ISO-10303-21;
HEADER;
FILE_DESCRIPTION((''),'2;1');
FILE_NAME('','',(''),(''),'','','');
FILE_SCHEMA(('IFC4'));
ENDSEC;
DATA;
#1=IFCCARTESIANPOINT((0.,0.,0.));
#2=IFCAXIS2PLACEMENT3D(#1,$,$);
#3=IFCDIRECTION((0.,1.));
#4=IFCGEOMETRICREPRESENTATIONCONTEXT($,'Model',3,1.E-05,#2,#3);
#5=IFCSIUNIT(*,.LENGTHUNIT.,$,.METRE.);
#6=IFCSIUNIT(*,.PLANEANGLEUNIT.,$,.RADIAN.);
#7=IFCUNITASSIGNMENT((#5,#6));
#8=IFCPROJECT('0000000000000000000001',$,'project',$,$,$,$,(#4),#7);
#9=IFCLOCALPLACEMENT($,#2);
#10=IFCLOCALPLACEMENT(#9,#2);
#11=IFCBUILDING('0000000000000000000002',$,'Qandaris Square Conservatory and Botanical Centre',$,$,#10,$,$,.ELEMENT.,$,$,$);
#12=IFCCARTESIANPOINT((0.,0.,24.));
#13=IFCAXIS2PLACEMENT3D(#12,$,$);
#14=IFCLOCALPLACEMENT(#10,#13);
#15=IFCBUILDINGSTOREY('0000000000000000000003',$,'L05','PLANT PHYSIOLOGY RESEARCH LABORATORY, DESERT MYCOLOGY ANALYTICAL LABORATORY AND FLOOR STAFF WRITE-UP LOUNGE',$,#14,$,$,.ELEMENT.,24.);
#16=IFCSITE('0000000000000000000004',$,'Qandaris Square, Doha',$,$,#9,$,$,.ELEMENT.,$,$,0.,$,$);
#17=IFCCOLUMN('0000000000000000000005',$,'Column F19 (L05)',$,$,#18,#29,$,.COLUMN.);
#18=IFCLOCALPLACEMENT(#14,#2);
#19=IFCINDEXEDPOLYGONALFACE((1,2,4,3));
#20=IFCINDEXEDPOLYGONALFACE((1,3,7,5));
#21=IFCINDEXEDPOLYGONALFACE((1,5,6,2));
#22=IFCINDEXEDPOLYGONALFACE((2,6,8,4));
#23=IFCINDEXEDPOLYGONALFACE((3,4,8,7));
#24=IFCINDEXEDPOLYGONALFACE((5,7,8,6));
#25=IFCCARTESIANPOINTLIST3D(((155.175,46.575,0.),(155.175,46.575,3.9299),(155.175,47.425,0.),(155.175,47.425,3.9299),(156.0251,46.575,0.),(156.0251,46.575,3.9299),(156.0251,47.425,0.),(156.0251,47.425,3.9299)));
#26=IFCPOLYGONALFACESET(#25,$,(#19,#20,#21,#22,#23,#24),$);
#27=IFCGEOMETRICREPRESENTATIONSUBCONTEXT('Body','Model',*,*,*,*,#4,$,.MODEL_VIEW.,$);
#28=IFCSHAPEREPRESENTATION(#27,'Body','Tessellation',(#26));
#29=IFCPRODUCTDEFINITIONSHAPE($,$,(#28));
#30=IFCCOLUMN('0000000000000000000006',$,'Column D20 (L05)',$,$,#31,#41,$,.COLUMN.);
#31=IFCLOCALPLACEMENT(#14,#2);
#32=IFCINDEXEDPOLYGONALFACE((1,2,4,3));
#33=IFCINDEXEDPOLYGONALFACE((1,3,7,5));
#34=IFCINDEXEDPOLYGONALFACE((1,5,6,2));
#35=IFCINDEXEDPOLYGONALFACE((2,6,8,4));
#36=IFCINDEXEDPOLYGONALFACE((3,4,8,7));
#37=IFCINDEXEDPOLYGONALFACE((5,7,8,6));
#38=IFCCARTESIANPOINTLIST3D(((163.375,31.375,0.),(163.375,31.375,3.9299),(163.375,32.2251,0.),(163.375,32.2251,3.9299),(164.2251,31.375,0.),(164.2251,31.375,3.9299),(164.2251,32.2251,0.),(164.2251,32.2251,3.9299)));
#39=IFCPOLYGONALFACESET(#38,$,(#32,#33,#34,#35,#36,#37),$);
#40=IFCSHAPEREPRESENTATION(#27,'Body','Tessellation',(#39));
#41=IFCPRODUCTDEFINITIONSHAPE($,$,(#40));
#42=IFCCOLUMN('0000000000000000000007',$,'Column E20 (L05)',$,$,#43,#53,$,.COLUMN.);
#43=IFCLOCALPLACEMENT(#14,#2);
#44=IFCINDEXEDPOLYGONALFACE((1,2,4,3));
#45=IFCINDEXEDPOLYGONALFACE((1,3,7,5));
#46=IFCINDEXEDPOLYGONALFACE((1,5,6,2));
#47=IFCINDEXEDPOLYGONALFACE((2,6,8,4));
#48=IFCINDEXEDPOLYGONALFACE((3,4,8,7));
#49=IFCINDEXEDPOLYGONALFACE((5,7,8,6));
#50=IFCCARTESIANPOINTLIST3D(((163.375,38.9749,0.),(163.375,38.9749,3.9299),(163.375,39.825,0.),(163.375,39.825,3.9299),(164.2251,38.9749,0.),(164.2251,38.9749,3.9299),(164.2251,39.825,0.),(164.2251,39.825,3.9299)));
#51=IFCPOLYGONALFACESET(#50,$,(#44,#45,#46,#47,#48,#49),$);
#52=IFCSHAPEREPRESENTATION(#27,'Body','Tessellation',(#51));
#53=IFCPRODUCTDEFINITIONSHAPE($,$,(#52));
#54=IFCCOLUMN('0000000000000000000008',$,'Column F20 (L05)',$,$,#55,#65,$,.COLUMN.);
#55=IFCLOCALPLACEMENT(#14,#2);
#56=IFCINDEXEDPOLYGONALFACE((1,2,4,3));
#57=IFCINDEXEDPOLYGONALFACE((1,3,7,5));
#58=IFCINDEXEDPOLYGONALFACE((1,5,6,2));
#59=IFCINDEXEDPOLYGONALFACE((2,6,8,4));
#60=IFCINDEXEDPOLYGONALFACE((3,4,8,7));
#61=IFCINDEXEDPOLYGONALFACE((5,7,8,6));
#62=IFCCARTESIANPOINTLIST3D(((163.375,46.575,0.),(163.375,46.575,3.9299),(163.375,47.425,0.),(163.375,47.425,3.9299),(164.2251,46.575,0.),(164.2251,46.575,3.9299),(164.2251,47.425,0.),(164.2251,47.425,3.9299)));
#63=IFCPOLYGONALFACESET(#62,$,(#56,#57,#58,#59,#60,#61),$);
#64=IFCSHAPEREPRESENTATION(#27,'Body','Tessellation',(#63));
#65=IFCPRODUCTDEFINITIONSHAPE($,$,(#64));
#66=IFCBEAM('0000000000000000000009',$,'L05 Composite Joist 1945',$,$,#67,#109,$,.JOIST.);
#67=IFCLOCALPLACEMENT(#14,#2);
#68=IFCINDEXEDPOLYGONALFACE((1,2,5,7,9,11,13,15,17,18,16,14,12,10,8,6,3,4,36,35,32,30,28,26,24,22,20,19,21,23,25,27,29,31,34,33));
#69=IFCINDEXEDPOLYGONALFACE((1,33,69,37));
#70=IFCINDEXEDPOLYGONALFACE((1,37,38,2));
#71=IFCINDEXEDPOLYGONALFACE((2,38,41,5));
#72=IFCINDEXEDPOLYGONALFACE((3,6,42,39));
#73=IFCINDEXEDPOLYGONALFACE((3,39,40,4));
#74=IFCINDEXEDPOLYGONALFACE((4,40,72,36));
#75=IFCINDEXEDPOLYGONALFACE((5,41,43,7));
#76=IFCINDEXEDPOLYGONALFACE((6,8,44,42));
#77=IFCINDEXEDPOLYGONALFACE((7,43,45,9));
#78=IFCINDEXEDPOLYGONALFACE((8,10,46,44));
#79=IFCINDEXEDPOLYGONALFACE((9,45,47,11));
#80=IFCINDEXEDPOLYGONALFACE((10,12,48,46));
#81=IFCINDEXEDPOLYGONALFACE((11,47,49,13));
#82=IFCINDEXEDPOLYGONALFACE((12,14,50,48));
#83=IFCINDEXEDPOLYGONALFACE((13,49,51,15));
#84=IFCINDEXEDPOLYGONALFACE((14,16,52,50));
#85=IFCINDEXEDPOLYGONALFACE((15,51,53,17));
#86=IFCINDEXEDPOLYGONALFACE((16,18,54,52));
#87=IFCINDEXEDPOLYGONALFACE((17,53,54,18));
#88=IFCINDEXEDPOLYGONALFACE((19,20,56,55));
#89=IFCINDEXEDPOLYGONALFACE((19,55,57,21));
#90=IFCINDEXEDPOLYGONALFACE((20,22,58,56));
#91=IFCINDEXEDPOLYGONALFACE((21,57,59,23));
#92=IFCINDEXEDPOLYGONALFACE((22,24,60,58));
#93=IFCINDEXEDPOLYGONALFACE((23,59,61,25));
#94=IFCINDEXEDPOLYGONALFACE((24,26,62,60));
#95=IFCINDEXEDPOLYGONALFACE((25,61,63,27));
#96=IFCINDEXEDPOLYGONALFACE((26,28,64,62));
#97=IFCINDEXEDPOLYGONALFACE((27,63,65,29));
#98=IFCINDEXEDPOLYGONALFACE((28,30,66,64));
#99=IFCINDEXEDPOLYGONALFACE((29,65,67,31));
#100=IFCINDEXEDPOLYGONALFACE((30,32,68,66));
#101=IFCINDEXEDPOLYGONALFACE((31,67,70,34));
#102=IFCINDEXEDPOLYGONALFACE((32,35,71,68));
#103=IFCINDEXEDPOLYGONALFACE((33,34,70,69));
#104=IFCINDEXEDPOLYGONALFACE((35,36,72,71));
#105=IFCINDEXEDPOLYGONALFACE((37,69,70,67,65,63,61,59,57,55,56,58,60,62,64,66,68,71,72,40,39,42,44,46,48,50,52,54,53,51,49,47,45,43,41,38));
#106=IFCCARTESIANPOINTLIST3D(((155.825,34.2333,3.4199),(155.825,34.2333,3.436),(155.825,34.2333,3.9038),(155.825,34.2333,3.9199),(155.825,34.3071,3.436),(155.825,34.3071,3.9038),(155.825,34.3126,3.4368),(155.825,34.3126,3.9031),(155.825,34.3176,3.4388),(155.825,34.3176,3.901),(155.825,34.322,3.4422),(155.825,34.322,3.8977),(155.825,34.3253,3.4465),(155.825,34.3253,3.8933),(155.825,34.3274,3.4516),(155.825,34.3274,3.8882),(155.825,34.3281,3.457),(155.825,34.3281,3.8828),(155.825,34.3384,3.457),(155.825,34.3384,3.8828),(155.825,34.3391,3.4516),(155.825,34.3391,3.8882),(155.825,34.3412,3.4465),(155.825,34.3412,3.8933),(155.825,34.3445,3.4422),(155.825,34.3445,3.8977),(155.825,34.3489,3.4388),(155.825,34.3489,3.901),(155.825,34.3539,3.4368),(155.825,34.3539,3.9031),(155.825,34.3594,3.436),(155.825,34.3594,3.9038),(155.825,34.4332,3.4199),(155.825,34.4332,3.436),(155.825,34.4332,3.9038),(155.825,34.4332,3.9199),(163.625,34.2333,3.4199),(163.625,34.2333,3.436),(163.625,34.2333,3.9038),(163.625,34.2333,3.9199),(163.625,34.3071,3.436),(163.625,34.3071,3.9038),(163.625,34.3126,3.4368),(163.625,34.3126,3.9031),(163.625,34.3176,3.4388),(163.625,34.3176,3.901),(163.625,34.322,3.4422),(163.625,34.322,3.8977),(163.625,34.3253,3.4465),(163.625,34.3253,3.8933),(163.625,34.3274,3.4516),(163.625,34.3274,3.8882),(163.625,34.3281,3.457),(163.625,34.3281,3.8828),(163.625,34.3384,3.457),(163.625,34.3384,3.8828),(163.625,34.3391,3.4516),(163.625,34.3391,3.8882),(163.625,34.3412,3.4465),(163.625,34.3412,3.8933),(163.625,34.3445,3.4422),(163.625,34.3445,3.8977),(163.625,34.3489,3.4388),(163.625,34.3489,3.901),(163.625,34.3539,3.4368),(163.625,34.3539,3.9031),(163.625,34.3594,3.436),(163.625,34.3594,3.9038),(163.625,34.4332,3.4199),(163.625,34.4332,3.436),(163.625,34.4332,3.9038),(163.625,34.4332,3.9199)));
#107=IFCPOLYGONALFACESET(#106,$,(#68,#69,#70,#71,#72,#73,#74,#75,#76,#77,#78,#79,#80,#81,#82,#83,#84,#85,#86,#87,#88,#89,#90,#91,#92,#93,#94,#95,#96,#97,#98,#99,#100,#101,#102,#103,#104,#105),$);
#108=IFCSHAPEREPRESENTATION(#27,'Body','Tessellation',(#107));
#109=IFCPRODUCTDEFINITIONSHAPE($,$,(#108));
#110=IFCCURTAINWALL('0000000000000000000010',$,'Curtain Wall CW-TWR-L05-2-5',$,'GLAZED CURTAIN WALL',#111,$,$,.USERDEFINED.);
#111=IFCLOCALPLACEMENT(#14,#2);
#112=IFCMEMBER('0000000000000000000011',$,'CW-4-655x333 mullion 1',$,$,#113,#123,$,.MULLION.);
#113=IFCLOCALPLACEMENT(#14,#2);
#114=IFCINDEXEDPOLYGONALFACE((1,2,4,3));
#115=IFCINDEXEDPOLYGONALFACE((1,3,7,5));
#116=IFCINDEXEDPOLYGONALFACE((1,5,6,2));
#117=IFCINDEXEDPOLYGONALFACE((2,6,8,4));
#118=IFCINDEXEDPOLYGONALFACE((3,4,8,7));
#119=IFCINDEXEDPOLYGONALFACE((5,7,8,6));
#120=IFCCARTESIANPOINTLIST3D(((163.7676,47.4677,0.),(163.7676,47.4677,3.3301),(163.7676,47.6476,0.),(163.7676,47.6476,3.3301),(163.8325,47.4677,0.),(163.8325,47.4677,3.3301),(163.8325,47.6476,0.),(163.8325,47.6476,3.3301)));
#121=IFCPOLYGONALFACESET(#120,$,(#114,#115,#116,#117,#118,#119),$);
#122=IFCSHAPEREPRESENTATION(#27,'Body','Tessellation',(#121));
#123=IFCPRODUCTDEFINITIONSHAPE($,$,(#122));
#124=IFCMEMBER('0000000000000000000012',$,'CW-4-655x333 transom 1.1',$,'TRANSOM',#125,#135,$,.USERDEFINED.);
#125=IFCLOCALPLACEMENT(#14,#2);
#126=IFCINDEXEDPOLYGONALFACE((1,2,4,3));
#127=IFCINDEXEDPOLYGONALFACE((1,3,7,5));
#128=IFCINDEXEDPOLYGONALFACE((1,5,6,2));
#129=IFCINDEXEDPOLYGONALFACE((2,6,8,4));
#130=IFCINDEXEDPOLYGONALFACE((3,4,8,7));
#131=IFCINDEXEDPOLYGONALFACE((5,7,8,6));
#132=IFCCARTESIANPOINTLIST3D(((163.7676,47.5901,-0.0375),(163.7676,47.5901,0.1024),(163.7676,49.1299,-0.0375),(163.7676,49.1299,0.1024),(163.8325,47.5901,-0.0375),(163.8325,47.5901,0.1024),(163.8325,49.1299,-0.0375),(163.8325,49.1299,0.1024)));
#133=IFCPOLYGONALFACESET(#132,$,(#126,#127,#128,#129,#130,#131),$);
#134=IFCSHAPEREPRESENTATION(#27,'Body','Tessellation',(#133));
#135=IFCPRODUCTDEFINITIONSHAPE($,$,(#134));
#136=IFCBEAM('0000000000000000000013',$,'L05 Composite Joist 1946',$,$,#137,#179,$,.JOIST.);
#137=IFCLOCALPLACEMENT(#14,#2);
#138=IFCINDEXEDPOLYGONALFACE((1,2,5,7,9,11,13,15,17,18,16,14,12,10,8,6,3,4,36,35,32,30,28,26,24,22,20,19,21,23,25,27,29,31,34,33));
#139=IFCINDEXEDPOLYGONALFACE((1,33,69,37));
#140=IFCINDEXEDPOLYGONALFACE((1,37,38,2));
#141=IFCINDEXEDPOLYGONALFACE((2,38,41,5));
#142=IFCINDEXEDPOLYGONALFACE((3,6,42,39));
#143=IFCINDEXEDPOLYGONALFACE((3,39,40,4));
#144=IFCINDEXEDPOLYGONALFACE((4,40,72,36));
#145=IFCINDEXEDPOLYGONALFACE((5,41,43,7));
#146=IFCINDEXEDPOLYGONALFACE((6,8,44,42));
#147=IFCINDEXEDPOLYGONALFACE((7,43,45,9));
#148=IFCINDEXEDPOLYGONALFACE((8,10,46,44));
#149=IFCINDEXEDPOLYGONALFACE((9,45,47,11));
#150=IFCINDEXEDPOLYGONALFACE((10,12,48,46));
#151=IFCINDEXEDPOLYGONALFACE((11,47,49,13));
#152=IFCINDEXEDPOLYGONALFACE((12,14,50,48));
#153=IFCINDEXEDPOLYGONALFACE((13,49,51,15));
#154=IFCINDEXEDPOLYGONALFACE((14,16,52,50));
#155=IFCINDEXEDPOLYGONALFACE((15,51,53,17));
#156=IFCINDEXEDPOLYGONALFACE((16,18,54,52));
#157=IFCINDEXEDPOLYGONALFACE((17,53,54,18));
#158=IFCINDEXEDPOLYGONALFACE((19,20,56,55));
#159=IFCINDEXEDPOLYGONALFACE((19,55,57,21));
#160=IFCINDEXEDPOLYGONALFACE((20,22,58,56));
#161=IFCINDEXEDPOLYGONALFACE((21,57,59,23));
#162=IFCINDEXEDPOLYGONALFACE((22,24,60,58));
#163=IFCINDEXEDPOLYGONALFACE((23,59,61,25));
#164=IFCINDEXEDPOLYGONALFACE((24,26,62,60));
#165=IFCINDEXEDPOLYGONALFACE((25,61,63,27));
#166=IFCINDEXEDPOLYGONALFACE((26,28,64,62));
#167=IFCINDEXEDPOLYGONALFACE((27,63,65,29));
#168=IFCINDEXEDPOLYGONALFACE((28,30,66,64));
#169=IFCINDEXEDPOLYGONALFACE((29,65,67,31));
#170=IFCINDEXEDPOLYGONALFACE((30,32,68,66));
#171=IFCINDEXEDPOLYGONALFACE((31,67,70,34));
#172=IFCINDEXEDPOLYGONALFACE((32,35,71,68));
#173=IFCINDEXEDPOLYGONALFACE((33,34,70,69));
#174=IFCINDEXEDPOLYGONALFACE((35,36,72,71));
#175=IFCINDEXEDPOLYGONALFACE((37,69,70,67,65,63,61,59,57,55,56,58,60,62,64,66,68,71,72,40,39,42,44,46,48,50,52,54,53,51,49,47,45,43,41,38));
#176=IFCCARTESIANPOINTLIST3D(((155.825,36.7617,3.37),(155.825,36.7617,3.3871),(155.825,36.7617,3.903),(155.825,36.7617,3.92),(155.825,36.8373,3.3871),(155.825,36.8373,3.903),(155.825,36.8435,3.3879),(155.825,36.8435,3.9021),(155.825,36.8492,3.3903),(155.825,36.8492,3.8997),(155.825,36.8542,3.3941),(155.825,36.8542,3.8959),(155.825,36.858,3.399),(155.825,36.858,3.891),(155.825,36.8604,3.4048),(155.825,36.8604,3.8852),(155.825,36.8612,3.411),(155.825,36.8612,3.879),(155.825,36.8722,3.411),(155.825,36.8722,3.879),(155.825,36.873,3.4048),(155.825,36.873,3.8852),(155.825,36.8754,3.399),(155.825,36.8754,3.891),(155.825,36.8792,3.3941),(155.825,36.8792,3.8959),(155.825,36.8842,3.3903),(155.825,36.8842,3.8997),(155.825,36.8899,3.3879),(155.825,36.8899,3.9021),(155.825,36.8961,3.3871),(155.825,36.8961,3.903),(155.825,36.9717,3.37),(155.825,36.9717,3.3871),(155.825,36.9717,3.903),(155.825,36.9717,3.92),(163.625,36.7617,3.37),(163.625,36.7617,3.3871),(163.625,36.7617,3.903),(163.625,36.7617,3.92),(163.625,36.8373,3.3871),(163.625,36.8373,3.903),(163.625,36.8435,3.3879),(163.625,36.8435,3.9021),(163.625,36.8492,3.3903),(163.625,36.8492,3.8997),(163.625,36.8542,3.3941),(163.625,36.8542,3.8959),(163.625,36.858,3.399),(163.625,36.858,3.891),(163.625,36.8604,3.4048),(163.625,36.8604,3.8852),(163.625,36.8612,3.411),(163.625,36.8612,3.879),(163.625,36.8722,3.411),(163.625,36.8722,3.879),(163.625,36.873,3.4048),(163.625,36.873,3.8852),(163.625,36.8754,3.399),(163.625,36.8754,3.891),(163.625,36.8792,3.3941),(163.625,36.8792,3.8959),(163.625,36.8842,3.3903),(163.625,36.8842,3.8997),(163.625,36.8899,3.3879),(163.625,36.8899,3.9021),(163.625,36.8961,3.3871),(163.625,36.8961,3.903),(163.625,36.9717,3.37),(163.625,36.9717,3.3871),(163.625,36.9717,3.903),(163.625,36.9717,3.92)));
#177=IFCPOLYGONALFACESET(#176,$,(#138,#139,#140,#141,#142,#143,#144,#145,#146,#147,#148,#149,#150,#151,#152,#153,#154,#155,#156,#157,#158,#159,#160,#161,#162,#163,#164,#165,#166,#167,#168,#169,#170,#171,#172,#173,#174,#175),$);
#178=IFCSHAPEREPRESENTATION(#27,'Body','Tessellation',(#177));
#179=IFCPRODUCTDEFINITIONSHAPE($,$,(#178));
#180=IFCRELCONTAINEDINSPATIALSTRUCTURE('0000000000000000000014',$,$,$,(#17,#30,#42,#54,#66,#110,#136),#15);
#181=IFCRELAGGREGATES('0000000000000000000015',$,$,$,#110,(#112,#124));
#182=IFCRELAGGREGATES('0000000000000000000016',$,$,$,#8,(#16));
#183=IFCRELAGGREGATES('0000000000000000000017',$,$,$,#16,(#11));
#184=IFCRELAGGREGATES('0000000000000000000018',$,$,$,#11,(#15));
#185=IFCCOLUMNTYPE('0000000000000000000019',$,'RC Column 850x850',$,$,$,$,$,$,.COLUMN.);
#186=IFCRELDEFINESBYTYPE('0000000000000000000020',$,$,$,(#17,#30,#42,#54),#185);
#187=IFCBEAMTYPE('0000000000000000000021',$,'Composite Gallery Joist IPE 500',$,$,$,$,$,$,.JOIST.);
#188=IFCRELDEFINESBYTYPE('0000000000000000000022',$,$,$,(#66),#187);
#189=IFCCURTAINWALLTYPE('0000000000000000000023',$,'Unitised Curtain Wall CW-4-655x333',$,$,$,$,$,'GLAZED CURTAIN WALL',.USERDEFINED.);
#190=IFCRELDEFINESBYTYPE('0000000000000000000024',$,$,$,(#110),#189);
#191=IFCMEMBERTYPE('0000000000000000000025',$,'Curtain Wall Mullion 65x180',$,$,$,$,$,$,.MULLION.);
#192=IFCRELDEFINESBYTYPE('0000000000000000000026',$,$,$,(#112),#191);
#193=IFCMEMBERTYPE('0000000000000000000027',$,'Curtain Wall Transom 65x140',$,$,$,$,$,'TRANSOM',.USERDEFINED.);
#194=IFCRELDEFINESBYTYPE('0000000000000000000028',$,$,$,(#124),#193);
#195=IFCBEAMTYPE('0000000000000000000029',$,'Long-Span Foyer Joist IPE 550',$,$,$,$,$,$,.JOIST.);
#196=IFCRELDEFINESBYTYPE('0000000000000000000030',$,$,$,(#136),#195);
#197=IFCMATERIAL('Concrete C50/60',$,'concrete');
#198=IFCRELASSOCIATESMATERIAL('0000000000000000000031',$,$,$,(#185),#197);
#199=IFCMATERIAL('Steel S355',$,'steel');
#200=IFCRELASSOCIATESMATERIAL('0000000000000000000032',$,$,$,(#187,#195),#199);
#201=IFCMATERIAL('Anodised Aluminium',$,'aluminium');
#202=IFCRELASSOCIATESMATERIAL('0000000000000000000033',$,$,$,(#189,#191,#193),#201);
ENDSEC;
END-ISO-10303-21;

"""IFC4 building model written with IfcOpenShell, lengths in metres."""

from ifc_helpers import new_model, si_unit, direction, frame, origin, origin_2d, place, context, subcontext, project, spatial, rectangle, i_section, extrude, material, material_profile, profile_set, type_object, element, aggregate, save


model = new_model("IFC4")

# Units and contexts
model_context = context("Model", 3, precision=1e-05, world=origin(), true_north=direction((0.0, 1.0)))
body_context = subcontext(model_context, "Body", "Model", "MODEL_VIEW")
ifc_project = project(units=[si_unit("LENGTHUNIT", "METRE"), si_unit("PLANEANGLEUNIT", "RADIAN")], contexts=[model_context])

# Site, building, storey
site_placement = place(None, origin())
site = spatial("IfcSite", under=ifc_project, at=site_placement, Name="Qandaris Square, Doha", CompositionType="ELEMENT", RefElevation=0.0)
building_placement = place(site_placement, origin())
building = spatial("IfcBuilding", under=site, at=building_placement, Name="Qandaris Square Conservatory and Botanical Centre", CompositionType="ELEMENT")
storey_placement = place(building_placement, frame((0.0, 0.0, 24.0)))
storey = spatial("IfcBuildingStorey", under=building, at=storey_placement, Name="L05", Description="PLANT PHYSIOLOGY RESEARCH LABORATORY, DESERT MYCOLOGY ANALYTICAL LABORATORY AND FLOOR STAFF WRITE-UP LOUNGE", CompositionType="ELEMENT", Elevation=24.0)

# Columns
ifc_material_1 = material(Name="Concrete C50/60", Category="concrete")
ifc_material_profile_1 = material_profile(ifc_material_1, rectangle(XDim=0.8501, YDim=0.8501, at=origin_2d()), Name="RC-COL 850x850")
ifc_profile_set_1 = profile_set([ifc_material_profile_1], Name="Concrete C50/60")
column_type = type_object("IfcColumnType", Name="RC Column 850x850", PredefinedType="COLUMN", material=ifc_profile_set_1)
for number, where, z_axis, x_axis, name in (
    (1, (155.6001, 47.0, 0.0), (0.0, 0.0, 1.0), (1.0, 0.0, 0.0), "Column F19 (L05)"),
    (2, (163.8, 31.8, 0.0), (0.0, 0.0, 1.0), (1.0, 0.0, 0.0), "Column D20 (L05)"),
    (3, (163.8, 39.3999, 0.0), (0.0, 0.0, 1.0), (1.0, 0.0, 0.0), "Column E20 (L05)"),
    (4, (163.8, 47.0, 0.0), (0.0, 0.0, 1.0), (1.0, 0.0, 0.0), "Column F20 (L05)"),
):
    element("IfcColumn", number, at=place(storey_placement, frame(where, z_axis=z_axis, x_axis=x_axis)), inside=storey, type_object=column_type, Name=name, PredefinedType="COLUMN", context=body_context, shape_type="SweptSolid", body=[
        extrude(rectangle(XDim=0.8501, YDim=0.8501, at=origin_2d()), origin(), (0.0, 0.0, 1.0), 3.9299),
    ])

# Beam
ifc_material_2 = material(Name="Steel S355", Category="steel")
ifc_material_profile_2 = material_profile(ifc_material_2, i_section(OverallWidth=0.2, OverallDepth=0.5, WebThickness=0.0103, FlangeThickness=0.0161, FilletRadius=0.021, at=origin_2d()), Name="IPE 500")
ifc_profile_set_2 = profile_set([ifc_material_profile_2], Name="Steel S355")
beam_type_1 = type_object("IfcBeamType", Name="Composite Gallery Joist IPE 500", PredefinedType="JOIST", material=ifc_profile_set_2)
beam_1_placement = place(storey_placement, frame((155.825, 34.3333, 3.6699), z_axis=(1.0, 0.0, 0.0), x_axis=(0.0, 1.0, 0.0)))
element("IfcBeam", 5, at=beam_1_placement, inside=storey, type_object=beam_type_1, Name="L05 Composite Joist 1945", PredefinedType="JOIST", context=body_context, shape_type="SweptSolid", body=[
    extrude(i_section(OverallWidth=0.2, OverallDepth=0.5, WebThickness=0.0103, FlangeThickness=0.0161, FilletRadius=0.021, at=origin_2d()), origin(), (0.0, 0.0, 1.0), 7.8),
])

# Curtain wall, members
ifc_material_3 = material(Name="Anodised Aluminium", Category="aluminium")
curtain_wall_type = type_object("IfcCurtainWallType", Name="Unitised Curtain Wall CW-4-655x333", ElementType="GLAZED CURTAIN WALL", PredefinedType="USERDEFINED", material=ifc_material_3)
curtain_wall_placement = place(storey_placement, origin())
curtain_wall = element("IfcCurtainWall", 6, at=curtain_wall_placement, inside=storey, type_object=curtain_wall_type, Name="Curtain Wall CW-TWR-L05-2-5", ObjectType="GLAZED CURTAIN WALL", PredefinedType="USERDEFINED")
ifc_material_profile_3 = material_profile(ifc_material_3, rectangle(XDim=0.0649, YDim=0.1799, at=origin_2d()), Name="ALU-MUL 65x180")
ifc_profile_set_3 = profile_set([ifc_material_profile_3], Name="Anodised Aluminium")
member_type_1 = type_object("IfcMemberType", Name="Curtain Wall Mullion 65x180", PredefinedType="MULLION", material=ifc_profile_set_3)
member_1_placement = place(storey_placement, frame((163.8, 47.5576, 0.0), z_axis=(0.0, 0.0, 1.0), x_axis=(-1.0, 0.0, 0.0)))
member_1 = element("IfcMember", 7, at=member_1_placement, type_object=member_type_1, Name="CW-4-655x333 mullion 1", PredefinedType="MULLION", context=body_context, shape_type="SweptSolid", body=[
    extrude(rectangle(XDim=0.0649, YDim=0.1799, at=origin_2d()), origin(), (0.0, 0.0, 1.0), 3.3301),
])
ifc_material_profile_4 = material_profile(ifc_material_3, rectangle(XDim=0.0649, YDim=0.1399, at=origin_2d()), Name="ALU-TRN 65x140")
ifc_profile_set_4 = profile_set([ifc_material_profile_4], Name="Anodised Aluminium")
member_type_2 = type_object("IfcMemberType", Name="Curtain Wall Transom 65x140", ElementType="TRANSOM", PredefinedType="USERDEFINED", material=ifc_profile_set_4)
member_2_placement = place(storey_placement, frame((163.8, 47.5901, 0.0325), z_axis=(0.0, 1.0, 0.0), x_axis=(-1.0, 0.0, 0.0)))
member_2 = element("IfcMember", 8, at=member_2_placement, type_object=member_type_2, Name="CW-4-655x333 transom 1.1", ObjectType="TRANSOM", PredefinedType="USERDEFINED", context=body_context, shape_type="SweptSolid", body=[
    extrude(rectangle(XDim=0.0649, YDim=0.1399, at=origin_2d()), origin(), (0.0, 0.0, 1.0), 1.5398),
])
aggregate(curtain_wall, [member_1, member_2])

# Beam
ifc_material_profile_5 = material_profile(ifc_material_2, i_section(OverallWidth=0.21, OverallDepth=0.55, WebThickness=0.011, FlangeThickness=0.0171, FilletRadius=0.0239, at=origin_2d()), Name="IPE 550")
ifc_profile_set_5 = profile_set([ifc_material_profile_5], Name="Steel S355")
beam_type_2 = type_object("IfcBeamType", Name="Long-Span Foyer Joist IPE 550", PredefinedType="JOIST", material=ifc_profile_set_5)
for number, where, z_axis, x_axis, name in (
    (9, (155.825, 36.8667, 3.645), (1.0, 0.0, 0.0), (0.0, 1.0, 0.0), "L05 Composite Joist 1946"),
):
    element("IfcBeam", number, at=place(storey_placement, frame(where, z_axis=z_axis, x_axis=x_axis)), inside=storey, type_object=beam_type_2, Name=name, PredefinedType="JOIST", context=body_context, shape_type="SweptSolid", body=[
        extrude(i_section(OverallWidth=0.21, OverallDepth=0.55, WebThickness=0.011, FlangeThickness=0.0171, FilletRadius=0.0239, at=origin_2d()), origin(), (0.0, 0.0, 1.0), 7.8),
    ])

save(model, "model.ifc")
